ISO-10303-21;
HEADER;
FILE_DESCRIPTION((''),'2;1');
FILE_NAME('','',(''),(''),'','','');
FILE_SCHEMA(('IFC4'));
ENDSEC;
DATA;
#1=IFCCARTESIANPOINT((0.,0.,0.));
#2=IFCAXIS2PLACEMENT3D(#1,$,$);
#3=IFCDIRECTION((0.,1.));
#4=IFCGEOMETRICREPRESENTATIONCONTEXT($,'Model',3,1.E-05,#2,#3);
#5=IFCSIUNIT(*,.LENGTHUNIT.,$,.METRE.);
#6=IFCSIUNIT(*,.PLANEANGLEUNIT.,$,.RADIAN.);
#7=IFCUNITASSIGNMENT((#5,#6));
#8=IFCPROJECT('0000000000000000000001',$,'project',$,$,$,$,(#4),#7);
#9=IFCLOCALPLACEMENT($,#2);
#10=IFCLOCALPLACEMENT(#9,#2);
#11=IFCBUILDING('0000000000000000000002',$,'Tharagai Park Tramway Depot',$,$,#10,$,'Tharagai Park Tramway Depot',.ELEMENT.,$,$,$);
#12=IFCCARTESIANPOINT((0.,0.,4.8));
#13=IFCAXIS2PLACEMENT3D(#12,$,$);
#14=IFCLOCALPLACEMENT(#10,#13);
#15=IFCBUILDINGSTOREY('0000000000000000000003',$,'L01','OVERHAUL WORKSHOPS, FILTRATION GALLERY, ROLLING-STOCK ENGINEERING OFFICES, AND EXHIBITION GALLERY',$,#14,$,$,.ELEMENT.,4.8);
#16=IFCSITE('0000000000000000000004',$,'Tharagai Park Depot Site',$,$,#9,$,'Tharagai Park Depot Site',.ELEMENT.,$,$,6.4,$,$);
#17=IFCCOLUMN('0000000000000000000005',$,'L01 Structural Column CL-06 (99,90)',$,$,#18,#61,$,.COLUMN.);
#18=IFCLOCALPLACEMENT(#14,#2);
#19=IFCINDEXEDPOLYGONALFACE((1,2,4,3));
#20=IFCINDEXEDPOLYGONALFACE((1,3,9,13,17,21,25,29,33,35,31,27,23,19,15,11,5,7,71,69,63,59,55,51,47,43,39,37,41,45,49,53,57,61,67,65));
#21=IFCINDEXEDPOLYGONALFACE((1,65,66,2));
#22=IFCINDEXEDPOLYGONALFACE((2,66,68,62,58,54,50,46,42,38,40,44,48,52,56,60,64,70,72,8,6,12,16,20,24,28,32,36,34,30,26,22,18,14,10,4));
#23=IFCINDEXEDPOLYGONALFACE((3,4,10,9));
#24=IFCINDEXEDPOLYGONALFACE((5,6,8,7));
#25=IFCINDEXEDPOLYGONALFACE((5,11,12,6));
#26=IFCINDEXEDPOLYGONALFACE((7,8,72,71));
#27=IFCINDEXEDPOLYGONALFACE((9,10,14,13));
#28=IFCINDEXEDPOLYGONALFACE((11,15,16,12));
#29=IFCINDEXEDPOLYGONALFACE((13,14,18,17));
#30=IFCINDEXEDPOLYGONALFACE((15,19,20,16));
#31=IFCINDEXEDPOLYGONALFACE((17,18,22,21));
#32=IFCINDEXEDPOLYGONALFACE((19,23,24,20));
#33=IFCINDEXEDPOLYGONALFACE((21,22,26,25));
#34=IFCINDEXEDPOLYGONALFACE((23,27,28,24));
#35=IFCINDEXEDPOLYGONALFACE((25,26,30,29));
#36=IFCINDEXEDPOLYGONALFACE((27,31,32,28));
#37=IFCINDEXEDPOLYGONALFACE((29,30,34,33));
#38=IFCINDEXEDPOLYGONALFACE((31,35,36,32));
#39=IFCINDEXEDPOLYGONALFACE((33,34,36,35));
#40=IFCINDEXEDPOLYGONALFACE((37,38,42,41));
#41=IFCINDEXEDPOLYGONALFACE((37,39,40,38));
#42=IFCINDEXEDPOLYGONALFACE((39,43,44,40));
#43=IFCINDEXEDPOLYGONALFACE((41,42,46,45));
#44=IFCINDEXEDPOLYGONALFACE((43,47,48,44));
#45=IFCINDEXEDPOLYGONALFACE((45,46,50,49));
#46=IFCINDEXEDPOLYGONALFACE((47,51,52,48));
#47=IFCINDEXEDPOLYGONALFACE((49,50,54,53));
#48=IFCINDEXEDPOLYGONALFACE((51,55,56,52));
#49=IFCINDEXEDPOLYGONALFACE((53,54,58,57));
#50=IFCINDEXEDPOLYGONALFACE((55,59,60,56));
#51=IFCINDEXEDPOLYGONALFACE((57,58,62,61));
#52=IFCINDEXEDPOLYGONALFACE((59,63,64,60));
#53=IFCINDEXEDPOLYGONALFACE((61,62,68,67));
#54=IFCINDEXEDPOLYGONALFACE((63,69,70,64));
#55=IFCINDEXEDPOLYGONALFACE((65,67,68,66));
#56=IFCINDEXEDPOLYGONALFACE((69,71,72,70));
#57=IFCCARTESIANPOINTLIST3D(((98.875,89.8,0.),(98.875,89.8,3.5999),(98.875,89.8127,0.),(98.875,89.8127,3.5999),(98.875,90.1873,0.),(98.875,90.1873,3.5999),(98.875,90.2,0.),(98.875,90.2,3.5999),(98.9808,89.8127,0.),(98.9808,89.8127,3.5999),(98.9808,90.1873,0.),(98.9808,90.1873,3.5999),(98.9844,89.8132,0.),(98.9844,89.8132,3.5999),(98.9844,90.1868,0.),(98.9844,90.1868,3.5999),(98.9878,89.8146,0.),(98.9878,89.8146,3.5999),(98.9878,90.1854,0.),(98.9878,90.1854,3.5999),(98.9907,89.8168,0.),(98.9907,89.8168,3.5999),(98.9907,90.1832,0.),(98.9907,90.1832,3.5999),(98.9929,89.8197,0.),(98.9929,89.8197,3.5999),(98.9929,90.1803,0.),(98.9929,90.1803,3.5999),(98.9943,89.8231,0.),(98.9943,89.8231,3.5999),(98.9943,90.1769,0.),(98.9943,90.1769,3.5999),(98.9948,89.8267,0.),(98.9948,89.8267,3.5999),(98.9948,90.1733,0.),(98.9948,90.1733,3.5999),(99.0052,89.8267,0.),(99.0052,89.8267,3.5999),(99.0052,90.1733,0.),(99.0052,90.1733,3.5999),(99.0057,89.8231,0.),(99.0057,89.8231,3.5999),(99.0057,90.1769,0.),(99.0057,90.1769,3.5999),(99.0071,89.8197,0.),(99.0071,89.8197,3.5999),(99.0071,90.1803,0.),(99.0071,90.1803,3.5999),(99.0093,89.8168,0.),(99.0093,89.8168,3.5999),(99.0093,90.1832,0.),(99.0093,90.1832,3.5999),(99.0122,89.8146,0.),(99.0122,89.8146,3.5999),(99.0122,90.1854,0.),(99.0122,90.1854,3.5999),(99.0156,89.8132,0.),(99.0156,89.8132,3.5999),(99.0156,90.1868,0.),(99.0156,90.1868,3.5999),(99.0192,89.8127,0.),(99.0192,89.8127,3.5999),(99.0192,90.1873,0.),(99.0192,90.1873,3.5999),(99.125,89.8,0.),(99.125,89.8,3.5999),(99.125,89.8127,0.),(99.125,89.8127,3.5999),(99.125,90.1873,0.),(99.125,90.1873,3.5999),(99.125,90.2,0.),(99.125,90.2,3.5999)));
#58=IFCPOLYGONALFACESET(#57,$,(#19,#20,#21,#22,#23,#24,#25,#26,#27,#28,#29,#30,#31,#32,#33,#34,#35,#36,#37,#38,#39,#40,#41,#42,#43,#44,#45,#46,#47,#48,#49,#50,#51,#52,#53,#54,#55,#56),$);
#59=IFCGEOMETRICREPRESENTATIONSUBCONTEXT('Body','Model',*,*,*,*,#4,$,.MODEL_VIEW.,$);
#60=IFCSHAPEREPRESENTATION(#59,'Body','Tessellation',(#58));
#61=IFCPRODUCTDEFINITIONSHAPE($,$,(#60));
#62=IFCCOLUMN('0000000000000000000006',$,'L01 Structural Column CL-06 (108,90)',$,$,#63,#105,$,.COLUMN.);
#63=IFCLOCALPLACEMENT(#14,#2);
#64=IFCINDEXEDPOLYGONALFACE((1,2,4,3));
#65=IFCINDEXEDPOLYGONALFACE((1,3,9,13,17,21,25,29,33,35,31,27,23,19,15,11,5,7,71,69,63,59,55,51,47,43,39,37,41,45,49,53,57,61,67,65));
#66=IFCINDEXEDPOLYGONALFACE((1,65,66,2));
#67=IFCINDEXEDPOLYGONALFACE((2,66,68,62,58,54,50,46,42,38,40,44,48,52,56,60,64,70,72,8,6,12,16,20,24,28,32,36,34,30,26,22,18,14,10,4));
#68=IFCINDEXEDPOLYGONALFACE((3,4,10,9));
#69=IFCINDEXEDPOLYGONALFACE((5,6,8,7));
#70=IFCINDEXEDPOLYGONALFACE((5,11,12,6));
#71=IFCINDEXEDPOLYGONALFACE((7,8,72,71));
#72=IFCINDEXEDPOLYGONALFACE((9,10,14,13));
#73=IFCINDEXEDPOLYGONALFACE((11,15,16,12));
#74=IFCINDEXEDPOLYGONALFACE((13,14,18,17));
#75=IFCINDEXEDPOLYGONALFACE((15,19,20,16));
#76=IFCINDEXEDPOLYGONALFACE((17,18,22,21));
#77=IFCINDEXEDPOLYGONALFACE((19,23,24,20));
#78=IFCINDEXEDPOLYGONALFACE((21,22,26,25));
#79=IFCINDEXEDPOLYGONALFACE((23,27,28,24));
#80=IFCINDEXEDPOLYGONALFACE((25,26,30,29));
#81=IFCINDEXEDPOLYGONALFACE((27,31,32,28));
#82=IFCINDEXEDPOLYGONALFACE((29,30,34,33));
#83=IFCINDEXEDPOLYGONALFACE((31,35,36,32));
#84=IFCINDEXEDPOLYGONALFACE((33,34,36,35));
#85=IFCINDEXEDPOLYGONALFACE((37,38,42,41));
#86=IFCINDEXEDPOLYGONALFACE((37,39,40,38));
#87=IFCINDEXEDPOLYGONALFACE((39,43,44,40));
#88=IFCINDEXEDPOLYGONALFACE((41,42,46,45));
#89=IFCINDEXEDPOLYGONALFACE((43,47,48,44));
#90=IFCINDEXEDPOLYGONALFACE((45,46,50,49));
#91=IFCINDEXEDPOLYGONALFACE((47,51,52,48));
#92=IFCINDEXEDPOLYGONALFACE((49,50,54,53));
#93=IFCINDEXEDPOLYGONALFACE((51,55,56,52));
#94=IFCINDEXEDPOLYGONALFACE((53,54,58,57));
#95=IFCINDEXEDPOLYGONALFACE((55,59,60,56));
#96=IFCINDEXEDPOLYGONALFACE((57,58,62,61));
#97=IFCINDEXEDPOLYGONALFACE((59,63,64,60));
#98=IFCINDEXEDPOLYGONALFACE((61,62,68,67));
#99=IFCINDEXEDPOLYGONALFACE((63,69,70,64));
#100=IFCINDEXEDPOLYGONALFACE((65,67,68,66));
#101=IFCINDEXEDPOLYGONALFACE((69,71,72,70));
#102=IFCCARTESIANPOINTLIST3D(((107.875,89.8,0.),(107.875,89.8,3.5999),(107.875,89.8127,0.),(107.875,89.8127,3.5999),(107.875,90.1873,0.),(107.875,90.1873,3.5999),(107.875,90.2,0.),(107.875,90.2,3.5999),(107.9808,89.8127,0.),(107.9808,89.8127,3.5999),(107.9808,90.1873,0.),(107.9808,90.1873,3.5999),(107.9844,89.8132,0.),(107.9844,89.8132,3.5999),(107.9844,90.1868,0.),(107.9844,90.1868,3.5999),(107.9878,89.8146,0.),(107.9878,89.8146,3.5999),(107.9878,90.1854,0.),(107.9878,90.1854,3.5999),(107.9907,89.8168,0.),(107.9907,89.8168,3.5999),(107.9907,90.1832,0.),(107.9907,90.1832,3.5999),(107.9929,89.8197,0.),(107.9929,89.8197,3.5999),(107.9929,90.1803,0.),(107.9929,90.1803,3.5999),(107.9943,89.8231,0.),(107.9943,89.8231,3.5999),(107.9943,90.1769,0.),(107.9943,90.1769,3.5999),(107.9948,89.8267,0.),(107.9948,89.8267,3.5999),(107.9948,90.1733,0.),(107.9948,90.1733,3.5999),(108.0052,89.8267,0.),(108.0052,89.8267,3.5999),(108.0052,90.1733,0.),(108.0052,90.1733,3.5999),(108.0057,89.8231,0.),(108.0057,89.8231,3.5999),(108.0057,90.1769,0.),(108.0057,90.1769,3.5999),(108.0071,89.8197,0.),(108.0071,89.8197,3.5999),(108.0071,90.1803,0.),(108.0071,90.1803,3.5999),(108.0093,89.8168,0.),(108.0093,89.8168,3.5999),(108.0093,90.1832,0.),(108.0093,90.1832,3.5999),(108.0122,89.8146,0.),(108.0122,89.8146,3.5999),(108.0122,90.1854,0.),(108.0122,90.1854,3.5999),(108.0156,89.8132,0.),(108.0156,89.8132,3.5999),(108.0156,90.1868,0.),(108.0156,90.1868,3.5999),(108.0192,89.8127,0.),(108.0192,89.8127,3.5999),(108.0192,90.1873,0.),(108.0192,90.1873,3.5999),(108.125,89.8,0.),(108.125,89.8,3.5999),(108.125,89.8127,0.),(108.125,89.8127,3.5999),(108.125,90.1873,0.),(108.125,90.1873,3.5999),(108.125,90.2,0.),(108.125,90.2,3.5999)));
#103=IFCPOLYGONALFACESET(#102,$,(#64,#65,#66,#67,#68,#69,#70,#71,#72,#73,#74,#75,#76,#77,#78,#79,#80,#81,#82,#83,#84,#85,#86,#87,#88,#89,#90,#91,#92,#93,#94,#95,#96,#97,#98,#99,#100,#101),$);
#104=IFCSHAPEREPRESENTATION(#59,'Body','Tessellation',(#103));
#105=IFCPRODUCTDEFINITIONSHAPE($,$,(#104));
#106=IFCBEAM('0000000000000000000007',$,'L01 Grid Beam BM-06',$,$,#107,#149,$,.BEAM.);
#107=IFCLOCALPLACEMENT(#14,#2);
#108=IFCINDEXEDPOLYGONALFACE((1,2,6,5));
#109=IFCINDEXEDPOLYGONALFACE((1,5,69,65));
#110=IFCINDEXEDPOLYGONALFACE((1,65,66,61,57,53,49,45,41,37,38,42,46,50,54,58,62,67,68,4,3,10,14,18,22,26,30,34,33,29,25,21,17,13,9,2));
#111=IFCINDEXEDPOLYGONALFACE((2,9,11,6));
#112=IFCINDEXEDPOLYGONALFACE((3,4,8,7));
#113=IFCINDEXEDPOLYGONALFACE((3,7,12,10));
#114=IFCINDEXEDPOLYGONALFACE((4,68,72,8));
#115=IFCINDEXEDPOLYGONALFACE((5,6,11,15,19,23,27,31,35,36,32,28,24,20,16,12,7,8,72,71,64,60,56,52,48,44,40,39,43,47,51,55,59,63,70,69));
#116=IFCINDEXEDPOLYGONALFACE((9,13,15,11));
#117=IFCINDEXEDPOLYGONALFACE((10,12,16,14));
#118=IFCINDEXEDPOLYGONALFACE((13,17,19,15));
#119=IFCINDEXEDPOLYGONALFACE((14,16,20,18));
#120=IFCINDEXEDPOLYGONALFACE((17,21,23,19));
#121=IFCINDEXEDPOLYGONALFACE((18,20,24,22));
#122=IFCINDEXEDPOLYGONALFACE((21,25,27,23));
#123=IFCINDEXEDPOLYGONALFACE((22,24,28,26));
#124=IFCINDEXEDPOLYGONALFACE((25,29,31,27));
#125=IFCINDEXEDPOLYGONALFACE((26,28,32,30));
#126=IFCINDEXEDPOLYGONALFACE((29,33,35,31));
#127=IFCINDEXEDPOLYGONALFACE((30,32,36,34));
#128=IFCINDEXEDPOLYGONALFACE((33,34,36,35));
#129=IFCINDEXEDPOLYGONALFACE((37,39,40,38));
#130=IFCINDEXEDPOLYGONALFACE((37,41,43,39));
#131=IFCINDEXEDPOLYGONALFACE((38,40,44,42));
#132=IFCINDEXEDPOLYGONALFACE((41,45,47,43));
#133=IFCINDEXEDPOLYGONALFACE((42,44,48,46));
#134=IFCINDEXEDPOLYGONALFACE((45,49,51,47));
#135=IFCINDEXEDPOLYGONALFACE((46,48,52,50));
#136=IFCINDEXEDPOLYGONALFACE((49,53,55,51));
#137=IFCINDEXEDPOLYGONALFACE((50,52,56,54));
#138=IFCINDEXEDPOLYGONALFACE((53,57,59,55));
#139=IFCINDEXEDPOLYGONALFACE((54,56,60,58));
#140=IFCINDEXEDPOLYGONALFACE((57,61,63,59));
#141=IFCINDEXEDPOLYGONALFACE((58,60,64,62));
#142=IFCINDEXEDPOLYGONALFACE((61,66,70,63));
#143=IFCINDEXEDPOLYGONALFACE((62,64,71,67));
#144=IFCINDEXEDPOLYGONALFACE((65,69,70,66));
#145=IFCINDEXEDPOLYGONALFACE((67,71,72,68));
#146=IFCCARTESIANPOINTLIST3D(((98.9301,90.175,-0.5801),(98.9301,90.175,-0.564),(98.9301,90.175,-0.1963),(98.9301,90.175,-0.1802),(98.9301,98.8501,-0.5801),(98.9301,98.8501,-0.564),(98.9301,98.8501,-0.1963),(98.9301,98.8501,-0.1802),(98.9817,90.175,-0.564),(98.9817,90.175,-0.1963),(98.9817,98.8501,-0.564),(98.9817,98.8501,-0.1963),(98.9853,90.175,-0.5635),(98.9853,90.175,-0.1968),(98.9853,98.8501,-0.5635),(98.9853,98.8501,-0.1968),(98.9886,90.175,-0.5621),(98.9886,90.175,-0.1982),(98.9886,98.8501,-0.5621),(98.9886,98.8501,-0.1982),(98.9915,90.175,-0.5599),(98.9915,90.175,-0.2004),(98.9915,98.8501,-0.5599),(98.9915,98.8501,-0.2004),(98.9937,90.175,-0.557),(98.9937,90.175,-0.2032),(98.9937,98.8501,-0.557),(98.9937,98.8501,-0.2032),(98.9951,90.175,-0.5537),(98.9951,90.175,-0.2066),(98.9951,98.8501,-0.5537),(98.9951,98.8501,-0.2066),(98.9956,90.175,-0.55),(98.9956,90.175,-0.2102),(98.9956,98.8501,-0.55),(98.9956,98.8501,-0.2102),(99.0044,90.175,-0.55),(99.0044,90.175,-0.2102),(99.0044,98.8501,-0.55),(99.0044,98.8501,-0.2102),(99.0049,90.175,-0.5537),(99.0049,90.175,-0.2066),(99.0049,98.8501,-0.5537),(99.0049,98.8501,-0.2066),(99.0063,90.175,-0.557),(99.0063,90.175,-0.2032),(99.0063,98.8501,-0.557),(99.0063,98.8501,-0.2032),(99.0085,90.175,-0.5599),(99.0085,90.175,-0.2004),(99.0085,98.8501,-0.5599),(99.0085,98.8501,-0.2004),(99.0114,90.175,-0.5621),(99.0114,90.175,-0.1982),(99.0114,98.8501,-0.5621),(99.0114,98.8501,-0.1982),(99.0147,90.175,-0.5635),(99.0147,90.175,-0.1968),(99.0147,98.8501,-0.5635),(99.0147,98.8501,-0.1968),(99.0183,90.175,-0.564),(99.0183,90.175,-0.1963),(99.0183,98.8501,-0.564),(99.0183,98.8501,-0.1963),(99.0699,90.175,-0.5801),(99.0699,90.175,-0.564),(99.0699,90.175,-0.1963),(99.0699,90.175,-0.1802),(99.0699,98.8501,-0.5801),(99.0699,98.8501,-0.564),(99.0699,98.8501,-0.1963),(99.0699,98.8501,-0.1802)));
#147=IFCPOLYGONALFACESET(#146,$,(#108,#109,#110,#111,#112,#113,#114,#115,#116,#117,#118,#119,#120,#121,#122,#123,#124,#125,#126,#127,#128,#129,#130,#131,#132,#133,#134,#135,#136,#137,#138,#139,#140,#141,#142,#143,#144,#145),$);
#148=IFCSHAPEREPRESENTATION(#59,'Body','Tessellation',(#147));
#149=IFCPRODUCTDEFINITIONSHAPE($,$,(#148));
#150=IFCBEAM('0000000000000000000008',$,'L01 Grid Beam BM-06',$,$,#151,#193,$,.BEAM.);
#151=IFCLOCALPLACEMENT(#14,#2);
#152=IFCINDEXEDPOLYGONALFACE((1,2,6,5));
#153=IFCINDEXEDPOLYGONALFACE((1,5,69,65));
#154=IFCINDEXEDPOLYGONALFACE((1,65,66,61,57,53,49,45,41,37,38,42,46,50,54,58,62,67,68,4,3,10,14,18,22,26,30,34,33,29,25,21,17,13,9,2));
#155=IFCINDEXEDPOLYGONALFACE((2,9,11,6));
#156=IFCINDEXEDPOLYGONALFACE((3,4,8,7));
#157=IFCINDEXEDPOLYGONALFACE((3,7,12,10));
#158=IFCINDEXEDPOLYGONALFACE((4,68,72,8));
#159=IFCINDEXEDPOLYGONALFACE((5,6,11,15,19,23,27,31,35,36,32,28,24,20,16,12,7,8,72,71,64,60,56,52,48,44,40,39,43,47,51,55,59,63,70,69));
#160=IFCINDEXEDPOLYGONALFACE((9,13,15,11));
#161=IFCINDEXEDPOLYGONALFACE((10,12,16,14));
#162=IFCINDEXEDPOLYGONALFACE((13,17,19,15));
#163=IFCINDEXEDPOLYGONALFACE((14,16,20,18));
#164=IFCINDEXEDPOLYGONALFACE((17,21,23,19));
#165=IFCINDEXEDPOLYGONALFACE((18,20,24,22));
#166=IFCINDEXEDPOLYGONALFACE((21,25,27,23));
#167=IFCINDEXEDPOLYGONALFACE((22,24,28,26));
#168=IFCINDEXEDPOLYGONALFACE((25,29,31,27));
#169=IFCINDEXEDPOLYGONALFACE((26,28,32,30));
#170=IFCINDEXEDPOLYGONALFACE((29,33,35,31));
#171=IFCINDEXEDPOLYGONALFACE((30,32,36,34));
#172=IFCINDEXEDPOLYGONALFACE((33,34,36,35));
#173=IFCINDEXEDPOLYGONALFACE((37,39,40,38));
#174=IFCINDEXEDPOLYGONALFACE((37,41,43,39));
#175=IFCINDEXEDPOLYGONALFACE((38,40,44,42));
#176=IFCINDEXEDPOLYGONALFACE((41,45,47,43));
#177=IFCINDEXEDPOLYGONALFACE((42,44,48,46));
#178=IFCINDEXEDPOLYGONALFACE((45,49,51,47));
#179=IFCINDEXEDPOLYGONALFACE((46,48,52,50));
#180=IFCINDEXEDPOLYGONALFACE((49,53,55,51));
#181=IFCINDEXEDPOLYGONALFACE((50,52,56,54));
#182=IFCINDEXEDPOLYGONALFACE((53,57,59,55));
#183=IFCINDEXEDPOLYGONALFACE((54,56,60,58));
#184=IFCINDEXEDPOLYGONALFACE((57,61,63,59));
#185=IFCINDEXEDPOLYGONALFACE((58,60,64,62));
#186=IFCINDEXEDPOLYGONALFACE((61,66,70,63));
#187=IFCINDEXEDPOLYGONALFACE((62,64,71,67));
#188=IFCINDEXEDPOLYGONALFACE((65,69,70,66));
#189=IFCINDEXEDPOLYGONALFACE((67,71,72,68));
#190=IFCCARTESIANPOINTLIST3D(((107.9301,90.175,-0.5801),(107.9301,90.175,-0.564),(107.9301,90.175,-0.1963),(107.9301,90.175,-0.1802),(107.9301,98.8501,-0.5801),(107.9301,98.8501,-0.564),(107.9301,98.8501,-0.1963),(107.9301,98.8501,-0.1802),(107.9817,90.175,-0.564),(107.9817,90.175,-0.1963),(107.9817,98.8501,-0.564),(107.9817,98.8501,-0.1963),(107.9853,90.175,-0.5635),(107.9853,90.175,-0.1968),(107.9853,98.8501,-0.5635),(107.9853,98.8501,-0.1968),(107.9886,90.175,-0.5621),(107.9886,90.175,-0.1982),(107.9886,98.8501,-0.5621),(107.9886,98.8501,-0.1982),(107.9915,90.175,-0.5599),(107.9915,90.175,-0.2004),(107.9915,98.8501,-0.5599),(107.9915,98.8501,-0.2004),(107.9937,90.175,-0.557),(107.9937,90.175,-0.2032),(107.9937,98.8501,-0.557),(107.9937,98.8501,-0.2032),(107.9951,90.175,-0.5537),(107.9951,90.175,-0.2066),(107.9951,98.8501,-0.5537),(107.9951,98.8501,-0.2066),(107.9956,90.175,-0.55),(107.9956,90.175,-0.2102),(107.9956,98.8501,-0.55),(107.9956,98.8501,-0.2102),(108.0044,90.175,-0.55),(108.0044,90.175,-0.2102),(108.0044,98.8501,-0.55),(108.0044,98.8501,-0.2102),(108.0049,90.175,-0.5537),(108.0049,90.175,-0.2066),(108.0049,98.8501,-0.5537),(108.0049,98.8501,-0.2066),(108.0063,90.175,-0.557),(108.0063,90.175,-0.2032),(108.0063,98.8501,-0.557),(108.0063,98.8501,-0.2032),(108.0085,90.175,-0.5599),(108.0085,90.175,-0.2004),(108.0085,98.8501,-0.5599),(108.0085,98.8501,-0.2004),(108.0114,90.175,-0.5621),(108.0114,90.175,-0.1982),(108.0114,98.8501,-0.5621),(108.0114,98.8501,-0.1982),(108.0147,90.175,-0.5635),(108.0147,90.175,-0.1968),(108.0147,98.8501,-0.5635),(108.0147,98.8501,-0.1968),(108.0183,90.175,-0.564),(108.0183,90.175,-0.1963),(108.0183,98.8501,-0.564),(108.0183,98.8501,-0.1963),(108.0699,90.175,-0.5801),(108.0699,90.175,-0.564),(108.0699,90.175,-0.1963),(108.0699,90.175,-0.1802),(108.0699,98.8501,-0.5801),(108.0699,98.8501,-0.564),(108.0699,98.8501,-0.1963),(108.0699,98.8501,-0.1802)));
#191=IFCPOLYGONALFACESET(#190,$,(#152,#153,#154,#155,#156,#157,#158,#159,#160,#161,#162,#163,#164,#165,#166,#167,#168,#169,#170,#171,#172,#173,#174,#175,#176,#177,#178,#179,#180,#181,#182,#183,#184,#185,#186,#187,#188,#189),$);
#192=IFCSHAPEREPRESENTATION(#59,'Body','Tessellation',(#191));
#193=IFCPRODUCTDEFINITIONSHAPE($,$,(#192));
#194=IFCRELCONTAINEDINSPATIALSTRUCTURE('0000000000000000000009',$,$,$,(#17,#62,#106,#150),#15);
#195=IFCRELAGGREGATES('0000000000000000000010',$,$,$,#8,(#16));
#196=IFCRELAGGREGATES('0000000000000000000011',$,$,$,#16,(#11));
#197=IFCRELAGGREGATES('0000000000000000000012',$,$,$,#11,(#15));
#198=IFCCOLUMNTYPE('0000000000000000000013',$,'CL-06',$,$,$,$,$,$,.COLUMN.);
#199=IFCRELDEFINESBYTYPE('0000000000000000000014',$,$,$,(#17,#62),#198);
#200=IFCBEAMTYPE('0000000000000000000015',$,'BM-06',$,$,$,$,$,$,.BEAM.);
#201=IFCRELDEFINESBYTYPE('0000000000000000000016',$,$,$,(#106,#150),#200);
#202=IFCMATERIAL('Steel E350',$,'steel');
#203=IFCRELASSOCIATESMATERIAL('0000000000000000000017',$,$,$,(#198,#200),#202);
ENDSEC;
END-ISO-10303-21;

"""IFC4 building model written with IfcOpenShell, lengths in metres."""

from ifc_helpers import new_model, si_unit, direction, frame, origin, origin_2d, place, context, subcontext, project, spatial, i_section, extrude, material, material_profile, profile_set, type_object, element, save


model = new_model("IFC4")

# Units and contexts
model_context = context("Model", 3, precision=1e-05, world=origin(), true_north=direction((0.0, 1.0)))
body_context = subcontext(model_context, "Body", "Model", "MODEL_VIEW")
ifc_project = project(units=[si_unit("LENGTHUNIT", "METRE"), si_unit("PLANEANGLEUNIT", "RADIAN")], contexts=[model_context])

# Site, building, storey
site_placement = place(None, origin())
site = spatial("IfcSite", under=ifc_project, at=site_placement, Name="Tharagai Park Depot Site", LongName="Tharagai Park Depot Site", CompositionType="ELEMENT", RefElevation=6.4)
building_placement = place(site_placement, origin())
building = spatial("IfcBuilding", under=site, at=building_placement, Name="Tharagai Park Tramway Depot", LongName="Tharagai Park Tramway Depot", CompositionType="ELEMENT")
storey_placement = place(building_placement, frame((0.0, 0.0, 4.8)))
storey = spatial("IfcBuildingStorey", under=building, at=storey_placement, Name="L01", Description="OVERHAUL WORKSHOPS, FILTRATION GALLERY, ROLLING-STOCK ENGINEERING OFFICES, AND EXHIBITION GALLERY", CompositionType="ELEMENT", Elevation=4.8)

# Columns
ifc_material_1 = material(Name="Steel E350", Category="steel")
ifc_material_profile_1 = material_profile(ifc_material_1, i_section(OverallWidth=0.25, OverallDepth=0.3999, WebThickness=0.0105, FlangeThickness=0.0127, FilletRadius=0.0139, at=origin_2d()), Name="ISHB 400")
ifc_profile_set_1 = profile_set([ifc_material_profile_1], Name="Steel E350")
column_type = type_object("IfcColumnType", Name="CL-06", PredefinedType="COLUMN", material=ifc_profile_set_1)
for number, where, z_axis, x_axis, name in (
    (1, (99.0, 90.0, 0.0), (0.0, 0.0, 1.0), (1.0, 0.0, 0.0), "L01 Structural Column CL-06 (99,90)"),
    (2, (108.0, 90.0, 0.0), (0.0, 0.0, 1.0), (1.0, 0.0, 0.0), "L01 Structural Column CL-06 (108,90)"),
):
    element("IfcColumn", number, at=place(storey_placement, frame(where, z_axis=z_axis, x_axis=x_axis)), inside=storey, type_object=column_type, Name=name, PredefinedType="COLUMN", context=body_context, shape_type="SweptSolid", body=[
        extrude(i_section(OverallWidth=0.25, OverallDepth=0.3999, WebThickness=0.0105, FlangeThickness=0.0127, FilletRadius=0.0139, at=origin_2d()), origin(), (0.0, 0.0, 1.0), 3.5999),
    ])

# Beams
ifc_material_profile_2 = material_profile(ifc_material_1, i_section(OverallWidth=0.1399, OverallDepth=0.3999, WebThickness=0.0088, FlangeThickness=0.0161, FilletRadius=0.0139, at=origin_2d()), Name="ISMB 400")
ifc_profile_set_2 = profile_set([ifc_material_profile_2], Name="Steel E350")
beam_type_1 = type_object("IfcBeamType", Name="BM-06", PredefinedType="BEAM", material=ifc_profile_set_2)
for number, where, z_axis, x_axis, name in (
    (3, (99.0, 90.175, -0.3801), (0.0, 1.0, 0.0), (-1.0, 0.0, 0.0), "L01 Grid Beam BM-06"),
    (4, (108.0, 90.175, -0.3801), (0.0, 1.0, 0.0), (-1.0, 0.0, 0.0), "L01 Grid Beam BM-06"),
):
    element("IfcBeam", number, at=place(storey_placement, frame(where, z_axis=z_axis, x_axis=x_axis)), inside=storey, type_object=beam_type_1, Name=name, PredefinedType="BEAM", context=body_context, shape_type="SweptSolid", body=[
        extrude(i_section(OverallWidth=0.1399, OverallDepth=0.3999, WebThickness=0.0088, FlangeThickness=0.0161, FilletRadius=0.0139, at=origin_2d()), origin(), (0.0, 0.0, 1.0), 8.675),
    ])

save(model, "model.ifc")
